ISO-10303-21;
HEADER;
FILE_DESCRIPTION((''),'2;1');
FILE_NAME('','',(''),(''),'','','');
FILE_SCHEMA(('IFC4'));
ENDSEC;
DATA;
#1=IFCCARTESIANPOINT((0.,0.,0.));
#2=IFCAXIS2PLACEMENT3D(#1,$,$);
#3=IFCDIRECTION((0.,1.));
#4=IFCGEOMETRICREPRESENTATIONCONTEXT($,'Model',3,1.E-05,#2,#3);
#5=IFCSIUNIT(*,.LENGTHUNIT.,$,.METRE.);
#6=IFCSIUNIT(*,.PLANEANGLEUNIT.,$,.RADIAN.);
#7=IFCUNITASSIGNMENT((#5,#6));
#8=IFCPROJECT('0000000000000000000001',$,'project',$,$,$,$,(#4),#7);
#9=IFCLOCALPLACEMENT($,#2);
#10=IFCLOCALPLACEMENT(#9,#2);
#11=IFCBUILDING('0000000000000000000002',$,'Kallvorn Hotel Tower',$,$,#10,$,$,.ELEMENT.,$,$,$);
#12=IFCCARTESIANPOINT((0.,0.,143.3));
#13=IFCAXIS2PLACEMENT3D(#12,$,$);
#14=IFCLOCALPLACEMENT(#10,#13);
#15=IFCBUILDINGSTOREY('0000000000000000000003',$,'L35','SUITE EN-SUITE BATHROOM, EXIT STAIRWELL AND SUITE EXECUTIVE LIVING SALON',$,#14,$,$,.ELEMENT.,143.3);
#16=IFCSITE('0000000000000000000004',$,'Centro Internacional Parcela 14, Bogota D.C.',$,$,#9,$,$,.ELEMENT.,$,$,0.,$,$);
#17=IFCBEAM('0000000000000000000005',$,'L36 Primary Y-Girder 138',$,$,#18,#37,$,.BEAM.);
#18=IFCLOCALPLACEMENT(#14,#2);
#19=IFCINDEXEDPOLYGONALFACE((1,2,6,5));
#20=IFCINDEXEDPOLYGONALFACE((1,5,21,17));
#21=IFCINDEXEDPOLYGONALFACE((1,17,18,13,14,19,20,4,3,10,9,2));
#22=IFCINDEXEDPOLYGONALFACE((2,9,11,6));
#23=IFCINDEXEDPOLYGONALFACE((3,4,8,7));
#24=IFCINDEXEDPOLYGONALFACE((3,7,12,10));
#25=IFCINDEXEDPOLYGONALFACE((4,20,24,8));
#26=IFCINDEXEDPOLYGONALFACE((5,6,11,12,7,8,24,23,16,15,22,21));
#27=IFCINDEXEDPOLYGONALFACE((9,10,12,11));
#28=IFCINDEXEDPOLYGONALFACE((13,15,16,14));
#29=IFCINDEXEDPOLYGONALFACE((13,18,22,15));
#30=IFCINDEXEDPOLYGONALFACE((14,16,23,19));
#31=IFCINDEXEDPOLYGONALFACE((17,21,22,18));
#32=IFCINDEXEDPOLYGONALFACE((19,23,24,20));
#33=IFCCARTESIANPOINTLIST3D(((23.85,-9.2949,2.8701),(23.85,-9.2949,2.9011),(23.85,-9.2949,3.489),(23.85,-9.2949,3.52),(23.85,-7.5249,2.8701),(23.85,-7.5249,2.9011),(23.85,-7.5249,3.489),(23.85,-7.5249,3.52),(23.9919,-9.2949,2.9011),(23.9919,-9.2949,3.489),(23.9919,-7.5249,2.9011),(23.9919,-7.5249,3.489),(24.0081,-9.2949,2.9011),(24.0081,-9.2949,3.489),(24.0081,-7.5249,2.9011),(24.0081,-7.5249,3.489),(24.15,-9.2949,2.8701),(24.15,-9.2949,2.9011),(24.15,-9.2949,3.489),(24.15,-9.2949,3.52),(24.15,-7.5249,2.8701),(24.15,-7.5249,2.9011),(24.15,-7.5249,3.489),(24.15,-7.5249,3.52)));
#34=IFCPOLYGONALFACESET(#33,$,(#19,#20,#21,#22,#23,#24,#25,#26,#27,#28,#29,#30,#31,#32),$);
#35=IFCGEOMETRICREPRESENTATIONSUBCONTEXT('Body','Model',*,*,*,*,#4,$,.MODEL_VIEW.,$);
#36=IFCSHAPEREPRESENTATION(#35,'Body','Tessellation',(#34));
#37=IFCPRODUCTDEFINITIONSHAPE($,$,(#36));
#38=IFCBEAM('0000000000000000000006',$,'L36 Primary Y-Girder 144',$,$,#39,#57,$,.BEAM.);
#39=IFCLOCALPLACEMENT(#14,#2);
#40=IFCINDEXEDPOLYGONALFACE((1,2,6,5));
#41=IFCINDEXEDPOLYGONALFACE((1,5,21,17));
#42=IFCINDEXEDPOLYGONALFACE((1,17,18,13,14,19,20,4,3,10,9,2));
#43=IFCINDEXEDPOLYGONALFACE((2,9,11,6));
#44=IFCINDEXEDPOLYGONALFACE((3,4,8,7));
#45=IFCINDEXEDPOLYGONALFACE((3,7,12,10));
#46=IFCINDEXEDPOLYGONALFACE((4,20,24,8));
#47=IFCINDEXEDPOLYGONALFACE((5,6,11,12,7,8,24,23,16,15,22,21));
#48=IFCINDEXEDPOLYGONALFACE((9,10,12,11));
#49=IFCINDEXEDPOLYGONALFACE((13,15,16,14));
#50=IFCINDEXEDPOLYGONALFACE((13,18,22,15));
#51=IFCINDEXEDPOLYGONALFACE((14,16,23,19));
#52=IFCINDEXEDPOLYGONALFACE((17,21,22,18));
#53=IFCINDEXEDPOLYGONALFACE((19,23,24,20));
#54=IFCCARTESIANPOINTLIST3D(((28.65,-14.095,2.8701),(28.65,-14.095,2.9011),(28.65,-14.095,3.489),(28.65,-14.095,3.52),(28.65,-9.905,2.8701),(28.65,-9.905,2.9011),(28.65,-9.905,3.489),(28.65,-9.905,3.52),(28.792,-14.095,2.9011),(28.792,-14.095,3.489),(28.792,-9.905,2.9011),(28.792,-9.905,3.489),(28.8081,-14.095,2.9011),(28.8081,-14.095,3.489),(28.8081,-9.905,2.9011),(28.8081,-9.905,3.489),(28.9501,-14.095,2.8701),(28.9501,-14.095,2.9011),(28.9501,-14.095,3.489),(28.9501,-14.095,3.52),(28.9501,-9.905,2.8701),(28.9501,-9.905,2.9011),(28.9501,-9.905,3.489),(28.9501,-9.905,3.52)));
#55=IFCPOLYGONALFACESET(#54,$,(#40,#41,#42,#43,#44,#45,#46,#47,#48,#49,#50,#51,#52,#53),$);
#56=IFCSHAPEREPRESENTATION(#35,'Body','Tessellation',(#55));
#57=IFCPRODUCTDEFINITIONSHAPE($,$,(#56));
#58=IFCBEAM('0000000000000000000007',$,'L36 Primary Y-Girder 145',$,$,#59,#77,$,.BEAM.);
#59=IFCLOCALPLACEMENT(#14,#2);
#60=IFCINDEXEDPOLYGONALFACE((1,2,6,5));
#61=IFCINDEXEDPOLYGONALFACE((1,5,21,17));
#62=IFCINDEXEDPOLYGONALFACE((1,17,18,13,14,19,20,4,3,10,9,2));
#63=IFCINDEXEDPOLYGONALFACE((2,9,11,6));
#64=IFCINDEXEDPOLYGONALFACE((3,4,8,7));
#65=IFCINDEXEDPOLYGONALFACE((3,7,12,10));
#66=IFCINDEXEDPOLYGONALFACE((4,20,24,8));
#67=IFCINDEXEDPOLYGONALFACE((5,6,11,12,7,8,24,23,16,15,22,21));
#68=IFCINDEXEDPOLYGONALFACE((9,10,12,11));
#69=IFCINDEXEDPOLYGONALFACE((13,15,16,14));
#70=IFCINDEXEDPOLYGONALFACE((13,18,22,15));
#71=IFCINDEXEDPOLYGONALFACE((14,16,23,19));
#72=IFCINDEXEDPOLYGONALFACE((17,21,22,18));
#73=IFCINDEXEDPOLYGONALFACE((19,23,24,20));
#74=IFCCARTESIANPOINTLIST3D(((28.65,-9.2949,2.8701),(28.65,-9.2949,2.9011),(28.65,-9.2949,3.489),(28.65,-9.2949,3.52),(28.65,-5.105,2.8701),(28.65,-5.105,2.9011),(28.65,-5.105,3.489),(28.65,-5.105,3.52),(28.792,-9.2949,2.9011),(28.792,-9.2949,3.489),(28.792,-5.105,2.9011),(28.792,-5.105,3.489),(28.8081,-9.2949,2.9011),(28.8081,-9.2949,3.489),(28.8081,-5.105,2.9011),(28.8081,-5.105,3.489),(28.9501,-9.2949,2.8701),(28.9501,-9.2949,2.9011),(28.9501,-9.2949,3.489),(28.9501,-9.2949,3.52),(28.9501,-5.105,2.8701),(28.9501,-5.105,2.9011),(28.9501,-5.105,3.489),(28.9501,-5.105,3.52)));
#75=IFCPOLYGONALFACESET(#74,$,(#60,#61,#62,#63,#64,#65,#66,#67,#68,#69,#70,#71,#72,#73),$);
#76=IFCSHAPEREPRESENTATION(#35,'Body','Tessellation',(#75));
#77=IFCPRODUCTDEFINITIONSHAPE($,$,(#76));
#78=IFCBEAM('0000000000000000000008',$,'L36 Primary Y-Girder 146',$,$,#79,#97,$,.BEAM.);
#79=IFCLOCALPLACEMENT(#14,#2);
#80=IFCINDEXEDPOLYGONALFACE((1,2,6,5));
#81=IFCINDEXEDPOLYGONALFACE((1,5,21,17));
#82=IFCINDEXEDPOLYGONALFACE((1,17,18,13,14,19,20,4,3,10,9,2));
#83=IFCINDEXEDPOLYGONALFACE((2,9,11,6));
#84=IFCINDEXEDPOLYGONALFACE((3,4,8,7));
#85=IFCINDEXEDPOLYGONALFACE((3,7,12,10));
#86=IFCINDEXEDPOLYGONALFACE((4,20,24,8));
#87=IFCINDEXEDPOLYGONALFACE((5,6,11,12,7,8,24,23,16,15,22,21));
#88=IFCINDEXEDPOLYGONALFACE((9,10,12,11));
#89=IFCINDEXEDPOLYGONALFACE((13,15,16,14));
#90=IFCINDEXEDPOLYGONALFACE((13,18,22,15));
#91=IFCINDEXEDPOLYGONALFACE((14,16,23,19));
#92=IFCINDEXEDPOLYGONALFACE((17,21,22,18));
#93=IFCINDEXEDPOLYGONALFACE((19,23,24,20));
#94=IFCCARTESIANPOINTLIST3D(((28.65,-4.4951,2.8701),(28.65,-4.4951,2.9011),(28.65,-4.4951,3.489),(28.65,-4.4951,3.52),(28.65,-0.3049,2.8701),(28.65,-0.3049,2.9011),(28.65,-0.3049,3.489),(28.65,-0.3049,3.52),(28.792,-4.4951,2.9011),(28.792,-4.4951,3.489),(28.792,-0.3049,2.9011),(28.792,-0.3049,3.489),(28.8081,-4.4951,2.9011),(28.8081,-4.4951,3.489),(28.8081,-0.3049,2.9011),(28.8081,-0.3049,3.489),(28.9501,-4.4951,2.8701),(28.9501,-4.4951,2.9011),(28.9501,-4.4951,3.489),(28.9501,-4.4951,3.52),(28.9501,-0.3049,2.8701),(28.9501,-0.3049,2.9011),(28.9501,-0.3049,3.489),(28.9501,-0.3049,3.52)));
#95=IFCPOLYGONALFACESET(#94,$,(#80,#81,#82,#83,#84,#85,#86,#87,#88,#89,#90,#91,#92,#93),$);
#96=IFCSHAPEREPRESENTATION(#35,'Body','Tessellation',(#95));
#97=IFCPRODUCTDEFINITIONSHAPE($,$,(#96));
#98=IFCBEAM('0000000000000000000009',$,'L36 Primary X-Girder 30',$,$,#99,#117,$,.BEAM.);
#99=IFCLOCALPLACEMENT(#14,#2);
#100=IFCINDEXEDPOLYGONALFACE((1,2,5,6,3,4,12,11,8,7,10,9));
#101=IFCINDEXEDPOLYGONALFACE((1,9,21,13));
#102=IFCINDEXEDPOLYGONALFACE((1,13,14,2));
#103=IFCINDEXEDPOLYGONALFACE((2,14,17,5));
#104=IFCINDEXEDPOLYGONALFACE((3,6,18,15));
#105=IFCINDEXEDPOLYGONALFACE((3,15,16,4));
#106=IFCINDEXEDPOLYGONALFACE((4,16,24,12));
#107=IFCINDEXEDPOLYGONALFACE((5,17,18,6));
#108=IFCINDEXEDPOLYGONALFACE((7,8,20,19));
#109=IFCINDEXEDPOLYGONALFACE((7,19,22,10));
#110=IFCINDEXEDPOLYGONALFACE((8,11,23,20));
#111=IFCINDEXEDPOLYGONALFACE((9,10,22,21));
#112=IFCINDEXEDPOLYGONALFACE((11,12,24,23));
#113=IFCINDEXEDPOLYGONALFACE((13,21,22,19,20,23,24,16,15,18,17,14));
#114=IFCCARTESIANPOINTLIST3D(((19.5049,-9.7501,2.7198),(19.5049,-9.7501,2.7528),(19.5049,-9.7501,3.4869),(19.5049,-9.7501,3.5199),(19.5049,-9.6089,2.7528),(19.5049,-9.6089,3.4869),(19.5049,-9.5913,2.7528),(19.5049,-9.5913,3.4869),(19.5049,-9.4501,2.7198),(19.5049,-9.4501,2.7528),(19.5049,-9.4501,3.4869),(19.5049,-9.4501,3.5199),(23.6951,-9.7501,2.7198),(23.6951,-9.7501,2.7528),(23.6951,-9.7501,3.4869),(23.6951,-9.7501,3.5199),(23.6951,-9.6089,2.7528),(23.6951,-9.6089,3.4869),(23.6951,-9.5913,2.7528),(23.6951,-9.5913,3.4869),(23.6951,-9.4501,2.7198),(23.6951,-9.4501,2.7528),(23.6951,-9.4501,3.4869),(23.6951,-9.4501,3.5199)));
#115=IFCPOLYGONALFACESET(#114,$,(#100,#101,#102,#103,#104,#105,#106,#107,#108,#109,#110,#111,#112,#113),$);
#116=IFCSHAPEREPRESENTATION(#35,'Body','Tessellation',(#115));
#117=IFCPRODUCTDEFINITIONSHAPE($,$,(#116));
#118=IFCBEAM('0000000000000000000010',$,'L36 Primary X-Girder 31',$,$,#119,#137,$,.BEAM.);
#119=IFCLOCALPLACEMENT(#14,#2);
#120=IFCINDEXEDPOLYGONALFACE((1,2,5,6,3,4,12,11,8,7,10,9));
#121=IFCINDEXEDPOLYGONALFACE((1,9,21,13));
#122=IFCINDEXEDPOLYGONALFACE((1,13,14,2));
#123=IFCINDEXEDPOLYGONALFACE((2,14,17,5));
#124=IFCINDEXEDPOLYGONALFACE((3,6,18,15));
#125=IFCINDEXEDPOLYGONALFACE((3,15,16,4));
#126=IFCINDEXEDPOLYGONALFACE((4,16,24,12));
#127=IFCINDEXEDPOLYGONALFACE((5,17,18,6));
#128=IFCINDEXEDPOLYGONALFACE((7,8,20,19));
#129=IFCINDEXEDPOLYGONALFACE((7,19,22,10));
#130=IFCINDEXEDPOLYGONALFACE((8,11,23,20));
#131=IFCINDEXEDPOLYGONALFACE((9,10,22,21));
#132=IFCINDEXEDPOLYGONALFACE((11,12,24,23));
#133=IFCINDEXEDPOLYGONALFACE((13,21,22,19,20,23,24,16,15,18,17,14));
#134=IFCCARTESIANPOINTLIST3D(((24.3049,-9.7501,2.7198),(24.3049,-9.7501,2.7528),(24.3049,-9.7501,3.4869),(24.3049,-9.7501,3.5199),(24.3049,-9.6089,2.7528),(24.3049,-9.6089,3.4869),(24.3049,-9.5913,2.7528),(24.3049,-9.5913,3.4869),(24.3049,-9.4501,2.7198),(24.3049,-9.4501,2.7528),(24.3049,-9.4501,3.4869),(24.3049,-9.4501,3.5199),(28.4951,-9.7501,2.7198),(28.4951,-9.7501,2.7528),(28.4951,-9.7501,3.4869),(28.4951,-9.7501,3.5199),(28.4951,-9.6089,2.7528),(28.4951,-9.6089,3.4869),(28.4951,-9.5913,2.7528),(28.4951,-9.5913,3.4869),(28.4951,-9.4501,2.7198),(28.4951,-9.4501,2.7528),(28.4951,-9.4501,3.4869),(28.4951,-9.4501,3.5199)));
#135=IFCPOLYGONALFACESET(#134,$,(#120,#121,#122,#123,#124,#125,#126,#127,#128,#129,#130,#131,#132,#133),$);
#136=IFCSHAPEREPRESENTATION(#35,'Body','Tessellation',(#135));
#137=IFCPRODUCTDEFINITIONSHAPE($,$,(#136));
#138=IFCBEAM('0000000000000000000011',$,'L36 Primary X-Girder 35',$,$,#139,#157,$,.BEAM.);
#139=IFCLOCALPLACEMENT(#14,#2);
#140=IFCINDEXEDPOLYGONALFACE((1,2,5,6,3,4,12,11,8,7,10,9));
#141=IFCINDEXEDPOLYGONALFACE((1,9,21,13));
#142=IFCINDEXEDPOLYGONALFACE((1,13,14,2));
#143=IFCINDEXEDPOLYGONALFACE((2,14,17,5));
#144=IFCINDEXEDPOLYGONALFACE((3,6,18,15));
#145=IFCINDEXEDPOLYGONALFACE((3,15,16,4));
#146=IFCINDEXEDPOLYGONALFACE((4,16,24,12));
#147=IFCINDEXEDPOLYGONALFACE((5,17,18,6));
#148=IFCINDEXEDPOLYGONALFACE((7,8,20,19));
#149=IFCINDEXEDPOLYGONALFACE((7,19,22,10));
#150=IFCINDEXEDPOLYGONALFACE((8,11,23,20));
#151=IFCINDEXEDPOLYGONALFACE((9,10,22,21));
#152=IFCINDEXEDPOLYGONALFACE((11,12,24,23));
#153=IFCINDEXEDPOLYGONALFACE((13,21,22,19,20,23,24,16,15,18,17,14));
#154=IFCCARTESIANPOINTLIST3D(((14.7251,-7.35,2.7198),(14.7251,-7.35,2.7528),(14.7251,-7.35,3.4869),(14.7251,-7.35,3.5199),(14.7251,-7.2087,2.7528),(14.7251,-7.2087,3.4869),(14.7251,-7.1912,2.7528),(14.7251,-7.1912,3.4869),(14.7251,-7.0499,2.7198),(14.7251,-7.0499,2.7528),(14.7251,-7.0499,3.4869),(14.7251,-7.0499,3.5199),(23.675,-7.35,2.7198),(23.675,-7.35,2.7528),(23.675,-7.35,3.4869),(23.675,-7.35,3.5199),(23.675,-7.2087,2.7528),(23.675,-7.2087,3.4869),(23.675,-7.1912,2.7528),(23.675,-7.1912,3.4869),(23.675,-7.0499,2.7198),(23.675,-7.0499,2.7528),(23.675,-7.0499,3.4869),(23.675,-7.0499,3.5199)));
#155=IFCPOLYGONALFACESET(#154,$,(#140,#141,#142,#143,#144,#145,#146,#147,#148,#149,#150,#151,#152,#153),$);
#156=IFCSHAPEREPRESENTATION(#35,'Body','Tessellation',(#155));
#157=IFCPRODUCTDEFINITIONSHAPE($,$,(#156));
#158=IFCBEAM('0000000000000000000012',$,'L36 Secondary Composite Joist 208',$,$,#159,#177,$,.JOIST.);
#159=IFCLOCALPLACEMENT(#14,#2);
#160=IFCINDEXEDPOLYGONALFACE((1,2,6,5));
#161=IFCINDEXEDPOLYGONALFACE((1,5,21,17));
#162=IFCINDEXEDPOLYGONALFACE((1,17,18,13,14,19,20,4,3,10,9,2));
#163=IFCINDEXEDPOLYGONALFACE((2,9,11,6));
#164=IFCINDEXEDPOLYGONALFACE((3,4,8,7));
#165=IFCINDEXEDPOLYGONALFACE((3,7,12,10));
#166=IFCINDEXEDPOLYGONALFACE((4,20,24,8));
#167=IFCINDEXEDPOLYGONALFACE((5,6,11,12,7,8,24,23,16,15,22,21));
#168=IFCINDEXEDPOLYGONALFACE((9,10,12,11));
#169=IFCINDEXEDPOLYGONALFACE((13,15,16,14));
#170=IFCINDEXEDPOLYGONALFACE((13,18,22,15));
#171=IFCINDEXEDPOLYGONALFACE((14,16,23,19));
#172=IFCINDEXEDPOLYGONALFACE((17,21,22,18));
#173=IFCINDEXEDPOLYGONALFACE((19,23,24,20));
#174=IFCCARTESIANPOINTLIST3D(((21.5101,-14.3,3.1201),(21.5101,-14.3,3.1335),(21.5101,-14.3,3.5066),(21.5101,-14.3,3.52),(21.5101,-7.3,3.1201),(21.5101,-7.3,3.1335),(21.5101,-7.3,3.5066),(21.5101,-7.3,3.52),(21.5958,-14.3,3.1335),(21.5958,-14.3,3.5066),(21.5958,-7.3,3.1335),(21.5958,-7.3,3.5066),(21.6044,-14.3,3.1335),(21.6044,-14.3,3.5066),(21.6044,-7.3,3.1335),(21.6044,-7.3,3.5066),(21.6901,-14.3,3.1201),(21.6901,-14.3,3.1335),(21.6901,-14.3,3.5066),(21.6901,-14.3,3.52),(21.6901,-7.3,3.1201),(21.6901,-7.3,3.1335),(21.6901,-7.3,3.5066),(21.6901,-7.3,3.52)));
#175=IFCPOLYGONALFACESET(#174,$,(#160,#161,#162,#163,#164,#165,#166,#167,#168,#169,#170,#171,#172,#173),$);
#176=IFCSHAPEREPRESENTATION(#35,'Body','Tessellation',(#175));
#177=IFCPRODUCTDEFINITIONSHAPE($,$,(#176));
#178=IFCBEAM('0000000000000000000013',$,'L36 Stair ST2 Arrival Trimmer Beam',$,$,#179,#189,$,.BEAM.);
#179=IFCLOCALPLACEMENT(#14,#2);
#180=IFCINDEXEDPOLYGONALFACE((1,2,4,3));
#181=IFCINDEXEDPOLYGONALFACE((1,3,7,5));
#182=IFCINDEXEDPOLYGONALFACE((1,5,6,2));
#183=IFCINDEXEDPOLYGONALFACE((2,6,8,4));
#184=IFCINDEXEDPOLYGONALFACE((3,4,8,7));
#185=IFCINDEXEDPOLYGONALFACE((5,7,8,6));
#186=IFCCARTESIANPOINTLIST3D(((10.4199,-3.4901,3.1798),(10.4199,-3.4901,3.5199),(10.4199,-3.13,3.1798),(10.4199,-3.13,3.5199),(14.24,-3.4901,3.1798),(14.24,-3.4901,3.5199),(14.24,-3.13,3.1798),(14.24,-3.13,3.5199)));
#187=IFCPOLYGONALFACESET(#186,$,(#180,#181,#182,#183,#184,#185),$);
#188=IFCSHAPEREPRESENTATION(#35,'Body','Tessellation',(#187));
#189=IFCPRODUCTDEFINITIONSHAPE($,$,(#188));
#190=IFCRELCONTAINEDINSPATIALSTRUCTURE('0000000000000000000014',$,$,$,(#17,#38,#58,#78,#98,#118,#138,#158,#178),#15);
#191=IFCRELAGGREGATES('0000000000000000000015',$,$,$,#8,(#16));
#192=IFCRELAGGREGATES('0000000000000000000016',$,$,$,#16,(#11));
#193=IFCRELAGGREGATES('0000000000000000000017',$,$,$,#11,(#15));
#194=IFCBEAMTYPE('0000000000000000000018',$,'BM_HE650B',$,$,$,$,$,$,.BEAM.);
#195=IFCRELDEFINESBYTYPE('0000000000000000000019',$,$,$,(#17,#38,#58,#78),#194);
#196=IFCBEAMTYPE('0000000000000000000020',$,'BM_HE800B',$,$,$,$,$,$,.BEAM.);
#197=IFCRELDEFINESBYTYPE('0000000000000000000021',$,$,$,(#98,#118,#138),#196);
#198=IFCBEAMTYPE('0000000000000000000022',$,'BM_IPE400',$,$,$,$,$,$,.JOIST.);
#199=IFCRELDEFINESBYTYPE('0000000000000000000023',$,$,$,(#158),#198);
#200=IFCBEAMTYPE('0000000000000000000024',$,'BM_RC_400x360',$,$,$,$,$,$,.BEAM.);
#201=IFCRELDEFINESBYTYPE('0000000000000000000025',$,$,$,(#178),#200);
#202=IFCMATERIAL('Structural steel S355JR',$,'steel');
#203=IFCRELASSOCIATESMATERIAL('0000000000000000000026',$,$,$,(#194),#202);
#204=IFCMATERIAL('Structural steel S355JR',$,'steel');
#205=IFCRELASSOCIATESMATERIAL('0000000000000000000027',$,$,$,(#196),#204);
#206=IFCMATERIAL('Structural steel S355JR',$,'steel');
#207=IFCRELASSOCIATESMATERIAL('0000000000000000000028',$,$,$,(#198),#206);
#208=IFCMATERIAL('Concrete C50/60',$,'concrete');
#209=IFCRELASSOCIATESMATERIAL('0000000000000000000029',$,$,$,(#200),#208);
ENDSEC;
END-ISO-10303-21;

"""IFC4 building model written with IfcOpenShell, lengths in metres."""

from ifc_helpers import new_model, si_unit, direction, frame, origin, origin_2d, place, context, subcontext, project, spatial, rectangle, i_section, extrude, material, material_profile, profile_set, type_object, element, save


model = new_model("IFC4")

# Units and contexts
model_context = context("Model", 3, precision=1e-05, world=origin(), true_north=direction((0.0, 1.0)))
body_context = subcontext(model_context, "Body", "Model", "MODEL_VIEW")
ifc_project = project(units=[si_unit("LENGTHUNIT", "METRE"), si_unit("PLANEANGLEUNIT", "RADIAN")], contexts=[model_context])

# Site, building, storey
site_placement = place(None, origin())
site = spatial("IfcSite", under=ifc_project, at=site_placement, Name="Centro Internacional Parcela 14, Bogota D.C.", CompositionType="ELEMENT", RefElevation=0.0)
building_placement = place(site_placement, origin())
building = spatial("IfcBuilding", under=site, at=building_placement, Name="Kallvorn Hotel Tower", CompositionType="ELEMENT")
storey_placement = place(building_placement, frame((0.0, 0.0, 143.3)))
storey = spatial("IfcBuildingStorey", under=building, at=storey_placement, Name="L35", Description="SUITE EN-SUITE BATHROOM, EXIT STAIRWELL AND SUITE EXECUTIVE LIVING SALON", CompositionType="ELEMENT", Elevation=143.3)

# Beams
ifc_material_1 = material(Name="Structural steel S355JR", Category="steel")
ifc_material_profile_1 = material_profile(ifc_material_1, i_section(OverallWidth=0.3, OverallDepth=0.6499, WebThickness=0.0161, FlangeThickness=0.031, at=origin_2d()), Name="HE 650 B")
ifc_profile_set_1 = profile_set([ifc_material_profile_1], Name="Structural steel S355JR")
beam_type_1 = type_object("IfcBeamType", Name="BM_HE650B", PredefinedType="BEAM", material=ifc_profile_set_1)
beam_1_placement = place(storey_placement, frame((24.0, -9.2949, 3.1951), z_axis=(0.0, 1.0, 0.0), x_axis=(-1.0, 0.0, 0.0)))
element("IfcBeam", 1, at=beam_1_placement, inside=storey, type_object=beam_type_1, Name="L36 Primary Y-Girder 138", PredefinedType="BEAM", context=body_context, shape_type="SweptSolid", body=[
    extrude(i_section(OverallWidth=0.3, OverallDepth=0.6499, WebThickness=0.0161, FlangeThickness=0.031, at=origin_2d()), origin(), (0.0, 0.0, 1.0), 1.77),
])
for number, where, z_axis, x_axis, name in (
    (2, (28.8, -14.095, 3.1951), (0.0, 1.0, 0.0), (-1.0, 0.0, 0.0), "L36 Primary Y-Girder 144"),
    (3, (28.8, -9.2949, 3.1951), (0.0, 1.0, 0.0), (-1.0, 0.0, 0.0), "L36 Primary Y-Girder 145"),
):
    element("IfcBeam", number, at=place(storey_placement, frame(where, z_axis=z_axis, x_axis=x_axis)), inside=storey, type_object=beam_type_1, Name=name, PredefinedType="BEAM", context=body_context, shape_type="SweptSolid", body=[
        extrude(i_section(OverallWidth=0.3, OverallDepth=0.6499, WebThickness=0.0161, FlangeThickness=0.031, at=origin_2d()), origin(), (0.0, 0.0, 1.0), 4.1899),
    ])
beam_2_placement = place(storey_placement, frame((28.8, -4.4951, 3.1951), z_axis=(0.0, 1.0, 0.0), x_axis=(-1.0, 0.0, 0.0)))
element("IfcBeam", 4, at=beam_2_placement, inside=storey, type_object=beam_type_1, Name="L36 Primary Y-Girder 146", PredefinedType="BEAM", context=body_context, shape_type="SweptSolid", body=[
    extrude(i_section(OverallWidth=0.3, OverallDepth=0.6499, WebThickness=0.0161, FlangeThickness=0.031, at=origin_2d()), origin(), (0.0, 0.0, 1.0), 4.1902),
])
ifc_material_2 = material(Name="Structural steel S355JR", Category="steel")
ifc_material_profile_2 = material_profile(ifc_material_2, i_section(OverallWidth=0.3, OverallDepth=0.8, WebThickness=0.0176, FlangeThickness=0.033, at=origin_2d()), Name="HE 800 B")
ifc_profile_set_2 = profile_set([ifc_material_profile_2], Name="Structural steel S355JR")
beam_type_2 = type_object("IfcBeamType", Name="BM_HE800B", PredefinedType="BEAM", material=ifc_profile_set_2)
for number, where, z_axis, x_axis, name in (
    (5, (19.5049, -9.6001, 3.1199), (1.0, 0.0, 0.0), (0.0, 1.0, 0.0), "L36 Primary X-Girder 30"),
    (6, (24.3049, -9.6001, 3.1199), (1.0, 0.0, 0.0), (0.0, 1.0, 0.0), "L36 Primary X-Girder 31"),
):
    element("IfcBeam", number, at=place(storey_placement, frame(where, z_axis=z_axis, x_axis=x_axis)), inside=storey, type_object=beam_type_2, Name=name, PredefinedType="BEAM", context=body_context, shape_type="SweptSolid", body=[
        extrude(i_section(OverallWidth=0.3, OverallDepth=0.8, WebThickness=0.0176, FlangeThickness=0.033, at=origin_2d()), origin(), (0.0, 0.0, 1.0), 4.1902),
    ])
beam_3_placement = place(storey_placement, frame((14.7251, -7.2, 3.1199), z_axis=(1.0, 0.0, 0.0), x_axis=(0.0, 1.0, 0.0)))
element("IfcBeam", 7, at=beam_3_placement, inside=storey, type_object=beam_type_2, Name="L36 Primary X-Girder 35", PredefinedType="BEAM", context=body_context, shape_type="SweptSolid", body=[
    extrude(i_section(OverallWidth=0.3, OverallDepth=0.8, WebThickness=0.0176, FlangeThickness=0.033, at=origin_2d()), origin(), (0.0, 0.0, 1.0), 8.95),
])
ifc_material_3 = material(Name="Structural steel S355JR", Category="steel")
ifc_material_profile_3 = material_profile(ifc_material_3, i_section(OverallWidth=0.1799, OverallDepth=0.3999, WebThickness=0.0085, FlangeThickness=0.0134, at=origin_2d()), Name="IPE 400")
ifc_profile_set_3 = profile_set([ifc_material_profile_3], Name="Structural steel S355JR")
beam_type_3 = type_object("IfcBeamType", Name="BM_IPE400", PredefinedType="JOIST", material=ifc_profile_set_3)
beam_4_placement = place(storey_placement, frame((21.6001, -14.3, 3.3201), z_axis=(0.0, 1.0, 0.0), x_axis=(-1.0, 0.0, 0.0)))
element("IfcBeam", 8, at=beam_4_placement, inside=storey, type_object=beam_type_3, Name="L36 Secondary Composite Joist 208", PredefinedType="JOIST", context=body_context, shape_type="SweptSolid", body=[
    extrude(i_section(OverallWidth=0.1799, OverallDepth=0.3999, WebThickness=0.0085, FlangeThickness=0.0134, at=origin_2d()), origin(), (0.0, 0.0, 1.0), 7.0),
])
ifc_material_4 = material(Name="Concrete C50/60", Category="concrete")
ifc_material_profile_4 = material_profile(ifc_material_4, rectangle(XDim=0.3601, YDim=0.3401, at=origin_2d()), Name="RC 360x340")
ifc_profile_set_4 = profile_set([ifc_material_profile_4], Name="Concrete C50/60")
beam_type_4 = type_object("IfcBeamType", Name="BM_RC_400x360", PredefinedType="BEAM", material=ifc_profile_set_4)
beam_5_placement = place(storey_placement, frame((14.24, -3.3101, 3.3499), z_axis=(-1.0, 0.0, 0.0), x_axis=(0.0, -1.0, 0.0)))
element("IfcBeam", 9, at=beam_5_placement, inside=storey, type_object=beam_type_4, Name="L36 Stair ST2 Arrival Trimmer Beam", PredefinedType="BEAM", context=body_context, shape_type="SweptSolid", body=[
    extrude(rectangle(XDim=0.3601, YDim=0.3401, at=origin_2d()), origin(), (0.0, 0.0, 1.0), 3.8201),
])

save(model, "model.ifc")
